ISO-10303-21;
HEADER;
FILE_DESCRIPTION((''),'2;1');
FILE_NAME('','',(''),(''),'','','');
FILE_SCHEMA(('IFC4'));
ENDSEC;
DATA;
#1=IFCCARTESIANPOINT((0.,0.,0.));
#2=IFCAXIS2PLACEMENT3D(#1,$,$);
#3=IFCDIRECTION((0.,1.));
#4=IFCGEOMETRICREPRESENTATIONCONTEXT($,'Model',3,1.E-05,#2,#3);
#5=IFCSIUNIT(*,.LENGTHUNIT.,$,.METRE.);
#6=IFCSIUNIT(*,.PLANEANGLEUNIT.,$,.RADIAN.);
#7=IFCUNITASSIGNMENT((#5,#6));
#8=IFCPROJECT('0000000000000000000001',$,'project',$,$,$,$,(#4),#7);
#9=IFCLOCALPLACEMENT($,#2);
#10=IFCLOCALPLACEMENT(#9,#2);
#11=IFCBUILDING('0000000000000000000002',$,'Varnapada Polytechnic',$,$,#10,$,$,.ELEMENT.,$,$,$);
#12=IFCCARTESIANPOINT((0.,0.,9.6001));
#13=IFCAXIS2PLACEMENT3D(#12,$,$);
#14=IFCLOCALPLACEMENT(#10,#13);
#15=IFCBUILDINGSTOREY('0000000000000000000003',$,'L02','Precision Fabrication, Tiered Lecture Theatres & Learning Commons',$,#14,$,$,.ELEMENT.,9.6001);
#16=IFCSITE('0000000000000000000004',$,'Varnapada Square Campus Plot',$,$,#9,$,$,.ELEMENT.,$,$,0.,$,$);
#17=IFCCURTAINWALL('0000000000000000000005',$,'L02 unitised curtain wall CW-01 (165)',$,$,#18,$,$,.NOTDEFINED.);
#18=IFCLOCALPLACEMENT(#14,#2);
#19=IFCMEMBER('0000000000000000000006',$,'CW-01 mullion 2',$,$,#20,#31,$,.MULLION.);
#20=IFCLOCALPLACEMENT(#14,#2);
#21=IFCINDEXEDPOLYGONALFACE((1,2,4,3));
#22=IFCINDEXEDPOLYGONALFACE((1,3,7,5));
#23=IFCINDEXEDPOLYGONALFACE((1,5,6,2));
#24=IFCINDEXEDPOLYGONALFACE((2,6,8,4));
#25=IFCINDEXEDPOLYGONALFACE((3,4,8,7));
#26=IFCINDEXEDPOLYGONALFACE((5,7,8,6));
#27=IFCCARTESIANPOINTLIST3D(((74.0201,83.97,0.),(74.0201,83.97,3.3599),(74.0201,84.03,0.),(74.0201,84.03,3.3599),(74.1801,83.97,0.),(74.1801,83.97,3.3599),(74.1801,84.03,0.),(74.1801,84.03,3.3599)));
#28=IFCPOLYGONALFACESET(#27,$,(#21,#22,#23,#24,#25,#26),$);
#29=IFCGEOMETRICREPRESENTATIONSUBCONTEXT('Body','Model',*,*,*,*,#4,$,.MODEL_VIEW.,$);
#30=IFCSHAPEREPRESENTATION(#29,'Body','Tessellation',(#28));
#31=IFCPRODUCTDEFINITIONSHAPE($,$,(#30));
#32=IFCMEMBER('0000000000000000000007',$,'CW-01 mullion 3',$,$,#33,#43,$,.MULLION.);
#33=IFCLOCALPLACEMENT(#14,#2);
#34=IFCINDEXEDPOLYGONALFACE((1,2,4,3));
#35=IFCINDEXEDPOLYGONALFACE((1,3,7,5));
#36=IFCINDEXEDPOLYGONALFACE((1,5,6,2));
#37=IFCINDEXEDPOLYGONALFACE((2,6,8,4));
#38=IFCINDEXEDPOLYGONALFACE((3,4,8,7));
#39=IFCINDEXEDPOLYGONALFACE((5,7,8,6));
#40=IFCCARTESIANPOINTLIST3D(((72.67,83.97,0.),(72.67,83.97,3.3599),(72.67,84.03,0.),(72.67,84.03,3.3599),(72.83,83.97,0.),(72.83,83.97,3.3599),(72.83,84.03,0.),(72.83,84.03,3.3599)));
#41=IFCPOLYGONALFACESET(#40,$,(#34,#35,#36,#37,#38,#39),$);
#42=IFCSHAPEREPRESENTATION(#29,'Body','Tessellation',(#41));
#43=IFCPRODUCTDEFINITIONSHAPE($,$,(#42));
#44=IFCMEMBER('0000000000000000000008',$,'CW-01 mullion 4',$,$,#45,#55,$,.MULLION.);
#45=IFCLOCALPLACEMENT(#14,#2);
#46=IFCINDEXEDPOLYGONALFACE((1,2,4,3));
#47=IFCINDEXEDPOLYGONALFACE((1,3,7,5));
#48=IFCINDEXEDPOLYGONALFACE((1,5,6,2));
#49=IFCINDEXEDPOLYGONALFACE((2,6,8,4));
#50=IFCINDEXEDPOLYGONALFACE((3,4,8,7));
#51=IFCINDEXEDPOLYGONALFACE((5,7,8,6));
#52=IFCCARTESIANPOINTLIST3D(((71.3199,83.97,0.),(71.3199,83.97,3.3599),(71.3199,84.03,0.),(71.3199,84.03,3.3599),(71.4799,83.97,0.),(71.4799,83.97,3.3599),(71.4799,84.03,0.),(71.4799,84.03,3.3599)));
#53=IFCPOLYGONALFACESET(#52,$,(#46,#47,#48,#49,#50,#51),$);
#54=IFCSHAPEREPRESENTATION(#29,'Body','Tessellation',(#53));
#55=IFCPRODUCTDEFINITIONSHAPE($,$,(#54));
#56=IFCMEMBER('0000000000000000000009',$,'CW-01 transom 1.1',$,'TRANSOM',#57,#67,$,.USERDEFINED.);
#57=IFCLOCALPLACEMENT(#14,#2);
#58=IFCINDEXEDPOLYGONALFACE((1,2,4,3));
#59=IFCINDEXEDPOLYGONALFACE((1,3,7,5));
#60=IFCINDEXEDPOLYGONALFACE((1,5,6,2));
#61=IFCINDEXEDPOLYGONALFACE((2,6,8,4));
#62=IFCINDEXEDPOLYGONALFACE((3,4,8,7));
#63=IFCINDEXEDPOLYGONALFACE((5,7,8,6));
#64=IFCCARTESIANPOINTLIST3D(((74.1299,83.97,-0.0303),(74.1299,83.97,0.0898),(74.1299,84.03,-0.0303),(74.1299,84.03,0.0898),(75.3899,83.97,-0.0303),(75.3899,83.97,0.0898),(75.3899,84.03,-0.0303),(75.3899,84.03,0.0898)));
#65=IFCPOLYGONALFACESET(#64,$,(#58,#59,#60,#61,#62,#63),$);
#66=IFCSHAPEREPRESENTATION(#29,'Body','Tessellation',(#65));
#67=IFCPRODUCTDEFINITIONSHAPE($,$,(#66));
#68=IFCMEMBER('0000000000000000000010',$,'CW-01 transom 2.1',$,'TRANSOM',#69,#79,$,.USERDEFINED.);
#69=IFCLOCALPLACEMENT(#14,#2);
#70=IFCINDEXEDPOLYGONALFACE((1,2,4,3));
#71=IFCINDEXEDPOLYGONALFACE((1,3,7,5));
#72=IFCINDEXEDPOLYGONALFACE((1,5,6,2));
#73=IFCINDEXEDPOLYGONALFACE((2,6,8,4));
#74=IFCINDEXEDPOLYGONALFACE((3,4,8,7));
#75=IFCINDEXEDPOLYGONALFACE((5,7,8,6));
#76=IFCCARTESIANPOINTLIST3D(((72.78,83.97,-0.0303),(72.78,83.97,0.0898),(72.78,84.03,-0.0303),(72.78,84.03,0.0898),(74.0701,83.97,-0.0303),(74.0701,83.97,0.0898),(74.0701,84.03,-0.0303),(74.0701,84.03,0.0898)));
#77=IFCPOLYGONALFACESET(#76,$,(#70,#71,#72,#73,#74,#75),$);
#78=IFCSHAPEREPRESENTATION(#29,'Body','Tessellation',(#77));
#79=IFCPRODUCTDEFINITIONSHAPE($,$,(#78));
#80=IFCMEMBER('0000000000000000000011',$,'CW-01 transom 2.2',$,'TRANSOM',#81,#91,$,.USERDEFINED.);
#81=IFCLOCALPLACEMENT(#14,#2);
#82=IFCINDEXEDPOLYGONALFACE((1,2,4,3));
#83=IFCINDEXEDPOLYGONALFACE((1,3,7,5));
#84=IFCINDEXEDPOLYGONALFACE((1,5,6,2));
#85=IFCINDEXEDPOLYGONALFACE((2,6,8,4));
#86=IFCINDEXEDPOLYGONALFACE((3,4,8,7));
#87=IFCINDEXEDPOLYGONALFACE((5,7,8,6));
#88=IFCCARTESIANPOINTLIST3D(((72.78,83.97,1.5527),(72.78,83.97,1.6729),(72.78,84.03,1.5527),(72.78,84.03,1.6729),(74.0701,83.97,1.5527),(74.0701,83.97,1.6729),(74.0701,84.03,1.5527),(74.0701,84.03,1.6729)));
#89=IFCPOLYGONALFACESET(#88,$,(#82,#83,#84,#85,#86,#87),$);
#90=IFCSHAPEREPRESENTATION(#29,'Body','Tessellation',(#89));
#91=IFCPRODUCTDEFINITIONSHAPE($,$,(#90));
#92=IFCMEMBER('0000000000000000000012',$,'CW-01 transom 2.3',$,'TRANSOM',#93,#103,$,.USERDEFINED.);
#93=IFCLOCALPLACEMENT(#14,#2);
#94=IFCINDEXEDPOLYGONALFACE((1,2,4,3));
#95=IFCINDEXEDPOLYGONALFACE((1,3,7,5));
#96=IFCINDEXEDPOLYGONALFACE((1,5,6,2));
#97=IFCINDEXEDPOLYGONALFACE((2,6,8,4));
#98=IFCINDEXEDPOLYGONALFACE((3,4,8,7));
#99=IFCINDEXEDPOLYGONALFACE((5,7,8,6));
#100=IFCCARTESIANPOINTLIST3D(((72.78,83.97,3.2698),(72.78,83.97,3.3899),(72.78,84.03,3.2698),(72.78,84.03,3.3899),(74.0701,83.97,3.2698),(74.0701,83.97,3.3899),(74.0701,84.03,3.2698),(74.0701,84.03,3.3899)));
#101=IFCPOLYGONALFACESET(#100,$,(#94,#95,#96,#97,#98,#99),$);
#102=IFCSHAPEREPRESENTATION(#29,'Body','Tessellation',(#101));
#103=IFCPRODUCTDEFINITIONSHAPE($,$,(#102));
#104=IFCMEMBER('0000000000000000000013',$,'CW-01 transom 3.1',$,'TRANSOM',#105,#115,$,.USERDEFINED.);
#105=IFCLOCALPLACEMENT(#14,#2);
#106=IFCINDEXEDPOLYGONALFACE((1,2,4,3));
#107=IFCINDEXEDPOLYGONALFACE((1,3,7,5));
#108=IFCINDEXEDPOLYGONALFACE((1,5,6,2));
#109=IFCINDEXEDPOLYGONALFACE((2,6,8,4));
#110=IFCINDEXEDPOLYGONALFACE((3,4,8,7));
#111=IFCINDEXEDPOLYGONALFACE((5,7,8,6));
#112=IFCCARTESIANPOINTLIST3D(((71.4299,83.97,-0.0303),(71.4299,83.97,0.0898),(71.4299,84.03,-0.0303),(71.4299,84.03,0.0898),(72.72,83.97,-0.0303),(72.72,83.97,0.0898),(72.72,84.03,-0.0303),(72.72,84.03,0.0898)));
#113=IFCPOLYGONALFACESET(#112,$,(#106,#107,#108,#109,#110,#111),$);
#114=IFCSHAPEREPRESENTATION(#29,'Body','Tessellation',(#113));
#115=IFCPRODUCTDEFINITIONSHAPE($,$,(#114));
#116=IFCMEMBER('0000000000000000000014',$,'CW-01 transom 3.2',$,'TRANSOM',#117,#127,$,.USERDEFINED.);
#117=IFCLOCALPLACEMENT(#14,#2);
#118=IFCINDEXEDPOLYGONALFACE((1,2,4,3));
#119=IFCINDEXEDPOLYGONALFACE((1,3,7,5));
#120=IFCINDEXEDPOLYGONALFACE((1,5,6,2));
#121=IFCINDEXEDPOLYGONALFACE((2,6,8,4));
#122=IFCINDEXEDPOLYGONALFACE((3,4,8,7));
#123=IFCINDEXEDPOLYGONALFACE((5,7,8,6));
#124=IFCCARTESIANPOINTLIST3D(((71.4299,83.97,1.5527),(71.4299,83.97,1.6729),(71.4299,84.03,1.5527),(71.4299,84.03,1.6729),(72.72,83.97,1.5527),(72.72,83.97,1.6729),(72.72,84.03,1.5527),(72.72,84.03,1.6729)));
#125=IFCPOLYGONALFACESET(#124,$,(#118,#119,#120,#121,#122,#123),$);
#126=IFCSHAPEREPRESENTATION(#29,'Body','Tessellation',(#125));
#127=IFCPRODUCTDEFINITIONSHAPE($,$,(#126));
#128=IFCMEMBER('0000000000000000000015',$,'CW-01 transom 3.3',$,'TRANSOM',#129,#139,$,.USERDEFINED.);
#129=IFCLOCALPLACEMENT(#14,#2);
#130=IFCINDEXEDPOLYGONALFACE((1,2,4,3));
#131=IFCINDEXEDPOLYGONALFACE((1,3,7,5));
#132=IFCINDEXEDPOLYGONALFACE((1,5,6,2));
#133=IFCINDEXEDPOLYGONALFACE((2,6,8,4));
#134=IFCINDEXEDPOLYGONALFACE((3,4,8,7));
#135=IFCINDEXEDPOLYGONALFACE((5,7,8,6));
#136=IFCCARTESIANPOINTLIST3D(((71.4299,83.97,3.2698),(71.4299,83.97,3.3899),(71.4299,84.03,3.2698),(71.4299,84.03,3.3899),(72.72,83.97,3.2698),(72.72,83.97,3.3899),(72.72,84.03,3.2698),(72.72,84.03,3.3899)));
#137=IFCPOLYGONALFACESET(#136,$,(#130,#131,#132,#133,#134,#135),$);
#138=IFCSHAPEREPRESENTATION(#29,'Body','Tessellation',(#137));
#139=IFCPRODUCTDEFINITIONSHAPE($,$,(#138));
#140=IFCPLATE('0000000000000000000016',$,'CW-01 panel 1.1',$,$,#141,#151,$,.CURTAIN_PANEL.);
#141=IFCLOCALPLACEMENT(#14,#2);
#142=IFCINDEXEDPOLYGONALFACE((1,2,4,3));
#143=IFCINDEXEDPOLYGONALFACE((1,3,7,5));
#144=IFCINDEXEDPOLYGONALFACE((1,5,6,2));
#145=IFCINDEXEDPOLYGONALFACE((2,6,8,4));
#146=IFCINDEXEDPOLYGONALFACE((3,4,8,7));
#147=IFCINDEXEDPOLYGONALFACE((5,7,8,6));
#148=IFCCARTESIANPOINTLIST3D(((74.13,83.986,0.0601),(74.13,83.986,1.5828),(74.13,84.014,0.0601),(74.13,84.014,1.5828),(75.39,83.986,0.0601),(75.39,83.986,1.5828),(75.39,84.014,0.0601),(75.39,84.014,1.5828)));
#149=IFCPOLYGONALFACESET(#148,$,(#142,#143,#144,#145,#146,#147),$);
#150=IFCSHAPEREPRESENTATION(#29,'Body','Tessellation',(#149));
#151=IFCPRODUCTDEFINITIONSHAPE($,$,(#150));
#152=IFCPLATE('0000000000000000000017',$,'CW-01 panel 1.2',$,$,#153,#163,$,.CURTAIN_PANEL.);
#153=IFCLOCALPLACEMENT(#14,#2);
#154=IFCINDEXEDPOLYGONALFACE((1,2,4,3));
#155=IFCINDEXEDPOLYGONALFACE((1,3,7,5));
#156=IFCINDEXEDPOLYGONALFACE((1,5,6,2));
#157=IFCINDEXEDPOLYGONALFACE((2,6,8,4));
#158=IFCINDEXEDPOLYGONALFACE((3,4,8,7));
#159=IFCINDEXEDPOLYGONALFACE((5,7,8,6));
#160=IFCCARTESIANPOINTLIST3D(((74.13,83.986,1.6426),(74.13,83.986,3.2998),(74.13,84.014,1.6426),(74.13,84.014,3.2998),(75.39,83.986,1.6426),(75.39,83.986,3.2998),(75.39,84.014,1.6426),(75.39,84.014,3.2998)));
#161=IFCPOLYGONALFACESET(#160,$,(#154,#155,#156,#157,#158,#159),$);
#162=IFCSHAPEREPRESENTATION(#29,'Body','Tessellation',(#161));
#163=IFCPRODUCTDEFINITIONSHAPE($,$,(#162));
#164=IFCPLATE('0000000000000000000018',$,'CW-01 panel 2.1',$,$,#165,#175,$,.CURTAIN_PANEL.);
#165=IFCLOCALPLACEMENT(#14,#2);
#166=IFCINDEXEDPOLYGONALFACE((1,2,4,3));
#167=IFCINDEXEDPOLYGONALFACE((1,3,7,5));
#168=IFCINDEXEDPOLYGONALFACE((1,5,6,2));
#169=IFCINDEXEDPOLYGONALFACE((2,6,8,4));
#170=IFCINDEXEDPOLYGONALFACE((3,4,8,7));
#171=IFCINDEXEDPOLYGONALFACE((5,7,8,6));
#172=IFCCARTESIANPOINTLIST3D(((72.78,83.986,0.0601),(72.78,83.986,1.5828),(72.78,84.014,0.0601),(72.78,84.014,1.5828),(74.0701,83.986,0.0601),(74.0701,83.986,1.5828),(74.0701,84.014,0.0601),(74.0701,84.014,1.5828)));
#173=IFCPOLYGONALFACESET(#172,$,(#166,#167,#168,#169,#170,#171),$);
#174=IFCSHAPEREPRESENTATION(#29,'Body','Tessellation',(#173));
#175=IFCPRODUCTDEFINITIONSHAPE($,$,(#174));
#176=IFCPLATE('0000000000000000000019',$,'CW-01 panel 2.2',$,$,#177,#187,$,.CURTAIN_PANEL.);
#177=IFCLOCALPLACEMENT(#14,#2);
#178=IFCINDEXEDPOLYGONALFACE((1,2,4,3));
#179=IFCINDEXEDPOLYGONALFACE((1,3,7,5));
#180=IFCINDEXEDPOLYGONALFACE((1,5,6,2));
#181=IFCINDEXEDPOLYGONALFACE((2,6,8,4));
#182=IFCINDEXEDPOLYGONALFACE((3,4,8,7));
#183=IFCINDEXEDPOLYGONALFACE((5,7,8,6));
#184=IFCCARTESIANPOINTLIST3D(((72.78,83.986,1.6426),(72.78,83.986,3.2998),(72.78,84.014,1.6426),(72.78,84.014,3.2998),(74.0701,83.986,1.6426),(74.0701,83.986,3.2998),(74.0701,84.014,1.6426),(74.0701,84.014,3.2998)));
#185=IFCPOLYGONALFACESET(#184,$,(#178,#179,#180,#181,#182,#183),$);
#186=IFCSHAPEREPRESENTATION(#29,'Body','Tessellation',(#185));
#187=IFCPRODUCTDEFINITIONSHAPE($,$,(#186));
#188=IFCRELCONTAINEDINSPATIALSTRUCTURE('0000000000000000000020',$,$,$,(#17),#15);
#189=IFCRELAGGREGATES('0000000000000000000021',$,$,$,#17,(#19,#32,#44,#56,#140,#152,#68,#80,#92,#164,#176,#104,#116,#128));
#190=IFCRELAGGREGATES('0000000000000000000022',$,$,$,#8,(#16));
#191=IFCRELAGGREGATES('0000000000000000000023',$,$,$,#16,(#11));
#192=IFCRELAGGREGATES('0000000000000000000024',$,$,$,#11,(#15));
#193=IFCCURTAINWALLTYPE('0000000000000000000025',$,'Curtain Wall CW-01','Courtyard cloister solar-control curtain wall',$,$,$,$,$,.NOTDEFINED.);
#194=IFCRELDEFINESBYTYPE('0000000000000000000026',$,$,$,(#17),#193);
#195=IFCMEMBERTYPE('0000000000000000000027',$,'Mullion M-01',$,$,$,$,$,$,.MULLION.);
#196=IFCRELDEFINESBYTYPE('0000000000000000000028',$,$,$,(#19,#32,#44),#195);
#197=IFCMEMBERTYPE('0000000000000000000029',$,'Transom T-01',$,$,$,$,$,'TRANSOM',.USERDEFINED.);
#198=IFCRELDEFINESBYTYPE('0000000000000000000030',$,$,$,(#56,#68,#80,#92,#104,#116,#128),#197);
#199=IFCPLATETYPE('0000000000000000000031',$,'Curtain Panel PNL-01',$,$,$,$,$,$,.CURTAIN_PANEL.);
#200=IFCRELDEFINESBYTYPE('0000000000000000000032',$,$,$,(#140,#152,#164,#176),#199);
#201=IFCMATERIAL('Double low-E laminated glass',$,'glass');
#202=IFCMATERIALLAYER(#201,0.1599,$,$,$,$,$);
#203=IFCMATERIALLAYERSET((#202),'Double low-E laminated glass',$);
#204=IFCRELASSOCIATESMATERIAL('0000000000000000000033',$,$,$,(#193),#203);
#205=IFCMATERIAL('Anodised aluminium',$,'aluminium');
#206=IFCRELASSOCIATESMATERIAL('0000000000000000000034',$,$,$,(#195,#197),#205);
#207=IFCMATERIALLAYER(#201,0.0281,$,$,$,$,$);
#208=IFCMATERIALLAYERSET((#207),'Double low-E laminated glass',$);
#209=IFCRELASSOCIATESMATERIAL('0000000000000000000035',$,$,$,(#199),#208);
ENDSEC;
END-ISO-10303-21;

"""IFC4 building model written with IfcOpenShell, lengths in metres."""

from ifc_helpers import new_model, si_unit, direction, frame, origin, origin_2d, place, context, subcontext, project, spatial, rectangle, extrude, material, layer, layer_set, material_profile, profile_set, type_object, element, aggregate, save


model = new_model("IFC4")

# Units and contexts
model_context = context("Model", 3, precision=1e-05, world=origin(), true_north=direction((0.0, 1.0)))
body_context = subcontext(model_context, "Body", "Model", "MODEL_VIEW")
ifc_project = project(units=[si_unit("LENGTHUNIT", "METRE"), si_unit("PLANEANGLEUNIT", "RADIAN")], contexts=[model_context])

# Site, building, storey
site_placement = place(None, origin())
site = spatial("IfcSite", under=ifc_project, at=site_placement, Name="Varnapada Square Campus Plot", CompositionType="ELEMENT", RefElevation=0.0)
building_placement = place(site_placement, origin())
building = spatial("IfcBuilding", under=site, at=building_placement, Name="Varnapada Polytechnic", CompositionType="ELEMENT")
storey_placement = place(building_placement, frame((0.0, 0.0, 9.6001)))
storey = spatial("IfcBuildingStorey", under=building, at=storey_placement, Name="L02", Description="Precision Fabrication, Tiered Lecture Theatres & Learning Commons", CompositionType="ELEMENT", Elevation=9.6001)

# Curtain wall, members, plates
ifc_material_1 = material(Name="Double low-E laminated glass", Category="glass")
ifc_layer_1 = layer(ifc_material_1, 0.1599)
ifc_layer_set_1 = layer_set([ifc_layer_1], Name="Double low-E laminated glass")
curtain_wall_type = type_object("IfcCurtainWallType", Name="Curtain Wall CW-01", Description="Courtyard cloister solar-control curtain wall", PredefinedType="NOTDEFINED", material=ifc_layer_set_1)
curtain_wall_placement = place(storey_placement, origin())
curtain_wall = element("IfcCurtainWall", 1, at=curtain_wall_placement, inside=storey, type_object=curtain_wall_type, Name="L02 unitised curtain wall CW-01 (165)", PredefinedType="NOTDEFINED")
ifc_material_2 = material(Name="Anodised aluminium", Category="aluminium")
ifc_material_profile_1 = material_profile(ifc_material_2, rectangle(XDim=0.0601, YDim=0.1599, at=origin_2d()), Name="ALU M60x160")
ifc_profile_set_1 = profile_set([ifc_material_profile_1], Name="Anodised aluminium")
member_type_1 = type_object("IfcMemberType", Name="Mullion M-01", PredefinedType="MULLION", material=ifc_profile_set_1)
member_1_placement = place(storey_placement, frame((74.1001, 84.0, 0.0), z_axis=(0.0, 0.0, 1.0), x_axis=(0.0, -1.0, 0.0)))
member_1 = element("IfcMember", 2, at=member_1_placement, type_object=member_type_1, Name="CW-01 mullion 2", PredefinedType="MULLION", context=body_context, shape_type="SweptSolid", body=[
    extrude(rectangle(XDim=0.0601, YDim=0.1599, at=origin_2d()), origin(), (0.0, 0.0, 1.0), 3.3599),
])
member_2_placement = place(storey_placement, frame((72.75, 84.0, 0.0), z_axis=(0.0, 0.0, 1.0), x_axis=(0.0, -1.0, 0.0)))
member_2 = element("IfcMember", 3, at=member_2_placement, type_object=member_type_1, Name="CW-01 mullion 3", PredefinedType="MULLION", context=body_context, shape_type="SweptSolid", body=[
    extrude(rectangle(XDim=0.0601, YDim=0.1599, at=origin_2d()), origin(), (0.0, 0.0, 1.0), 3.3599),
])
member_3_placement = place(storey_placement, frame((71.3999, 84.0, 0.0), z_axis=(0.0, 0.0, 1.0), x_axis=(0.0, -1.0, 0.0)))
member_3 = element("IfcMember", 4, at=member_3_placement, type_object=member_type_1, Name="CW-01 mullion 4", PredefinedType="MULLION", context=body_context, shape_type="SweptSolid", body=[
    extrude(rectangle(XDim=0.0601, YDim=0.1599, at=origin_2d()), origin(), (0.0, 0.0, 1.0), 3.3599),
])
ifc_material_profile_2 = material_profile(ifc_material_2, rectangle(XDim=0.0601, YDim=0.1201, at=origin_2d()), Name="ALU T60x120")
ifc_profile_set_2 = profile_set([ifc_material_profile_2], Name="Anodised aluminium")
member_type_2 = type_object("IfcMemberType", Name="Transom T-01", ElementType="TRANSOM", PredefinedType="USERDEFINED", material=ifc_profile_set_2)
member_4_placement = place(storey_placement, frame((75.3899, 84.0, 0.0298), z_axis=(-1.0, 0.0, 0.0), x_axis=(0.0, -1.0, 0.0)))
member_4 = element("IfcMember", 5, at=member_4_placement, type_object=member_type_2, Name="CW-01 transom 1.1", ObjectType="TRANSOM", PredefinedType="USERDEFINED", context=body_context, shape_type="SweptSolid", body=[
    extrude(rectangle(XDim=0.0601, YDim=0.1201, at=origin_2d()), origin(), (0.0, 0.0, 1.0), 1.26),
])
member_5_placement = place(storey_placement, frame((74.0701, 84.0, 0.0298), z_axis=(-1.0, 0.0, 0.0), x_axis=(0.0, -1.0, 0.0)))
member_5 = element("IfcMember", 6, at=member_5_placement, type_object=member_type_2, Name="CW-01 transom 2.1", ObjectType="TRANSOM", PredefinedType="USERDEFINED", context=body_context, shape_type="SweptSolid", body=[
    extrude(rectangle(XDim=0.0601, YDim=0.1201, at=origin_2d()), origin(), (0.0, 0.0, 1.0), 1.29),
])
member_6_placement = place(storey_placement, frame((74.0701, 84.0, 1.6128), z_axis=(-1.0, 0.0, 0.0), x_axis=(0.0, -1.0, 0.0)))
member_6 = element("IfcMember", 7, at=member_6_placement, type_object=member_type_2, Name="CW-01 transom 2.2", ObjectType="TRANSOM", PredefinedType="USERDEFINED", context=body_context, shape_type="SweptSolid", body=[
    extrude(rectangle(XDim=0.0601, YDim=0.1201, at=origin_2d()), origin(), (0.0, 0.0, 1.0), 1.29),
])
member_7_placement = place(storey_placement, frame((74.0701, 84.0, 3.3298), z_axis=(-1.0, 0.0, 0.0), x_axis=(0.0, -1.0, 0.0)))
member_7 = element("IfcMember", 8, at=member_7_placement, type_object=member_type_2, Name="CW-01 transom 2.3", ObjectType="TRANSOM", PredefinedType="USERDEFINED", context=body_context, shape_type="SweptSolid", body=[
    extrude(rectangle(XDim=0.0601, YDim=0.1201, at=origin_2d()), origin(), (0.0, 0.0, 1.0), 1.29),
])
member_8_placement = place(storey_placement, frame((72.72, 84.0, 0.0298), z_axis=(-1.0, 0.0, 0.0), x_axis=(0.0, -1.0, 0.0)))
member_8 = element("IfcMember", 9, at=member_8_placement, type_object=member_type_2, Name="CW-01 transom 3.1", ObjectType="TRANSOM", PredefinedType="USERDEFINED", context=body_context, shape_type="SweptSolid", body=[
    extrude(rectangle(XDim=0.0601, YDim=0.1201, at=origin_2d()), origin(), (0.0, 0.0, 1.0), 1.29),
])
member_9_placement = place(storey_placement, frame((72.72, 84.0, 1.6128), z_axis=(-1.0, 0.0, 0.0), x_axis=(0.0, -1.0, 0.0)))
member_9 = element("IfcMember", 10, at=member_9_placement, type_object=member_type_2, Name="CW-01 transom 3.2", ObjectType="TRANSOM", PredefinedType="USERDEFINED", context=body_context, shape_type="SweptSolid", body=[
    extrude(rectangle(XDim=0.0601, YDim=0.1201, at=origin_2d()), origin(), (0.0, 0.0, 1.0), 1.29),
])
member_10_placement = place(storey_placement, frame((72.72, 84.0, 3.3298), z_axis=(-1.0, 0.0, 0.0), x_axis=(0.0, -1.0, 0.0)))
member_10 = element("IfcMember", 11, at=member_10_placement, type_object=member_type_2, Name="CW-01 transom 3.3", ObjectType="TRANSOM", PredefinedType="USERDEFINED", context=body_context, shape_type="SweptSolid", body=[
    extrude(rectangle(XDim=0.0601, YDim=0.1201, at=origin_2d()), origin(), (0.0, 0.0, 1.0), 1.29),
])
ifc_layer_2 = layer(ifc_material_1, 0.0281)
ifc_layer_set_2 = layer_set([ifc_layer_2], Name="Double low-E laminated glass")
plate_type = type_object("IfcPlateType", Name="Curtain Panel PNL-01", PredefinedType="CURTAIN_PANEL", material=ifc_layer_set_2)
plate_1_placement = place(storey_placement, frame((74.76, 84.0, 0.0601), z_axis=(0.0, 0.0, 1.0), x_axis=(-1.0, 0.0, 0.0)))
plate_1 = element("IfcPlate", 12, at=plate_1_placement, type_object=plate_type, Name="CW-01 panel 1.1", PredefinedType="CURTAIN_PANEL", context=body_context, shape_type="SweptSolid", body=[
    extrude(rectangle(XDim=1.26, YDim=0.0281, at=origin_2d()), origin(), (0.0, 0.0, 1.0), 1.5227),
])
plate_2_placement = place(storey_placement, frame((74.76, 84.0, 1.6426), z_axis=(0.0, 0.0, 1.0), x_axis=(-1.0, 0.0, 0.0)))
plate_2 = element("IfcPlate", 13, at=plate_2_placement, type_object=plate_type, Name="CW-01 panel 1.2", PredefinedType="CURTAIN_PANEL", context=body_context, shape_type="SweptSolid", body=[
    extrude(rectangle(XDim=1.26, YDim=0.0281, at=origin_2d()), origin(), (0.0, 0.0, 1.0), 1.6572),
])
plate_3_placement = place(storey_placement, frame((73.425, 84.0, 0.0601), z_axis=(0.0, 0.0, 1.0), x_axis=(-1.0, 0.0, 0.0)))
plate_3 = element("IfcPlate", 14, at=plate_3_placement, type_object=plate_type, Name="CW-01 panel 2.1", PredefinedType="CURTAIN_PANEL", context=body_context, shape_type="SweptSolid", body=[
    extrude(rectangle(XDim=1.29, YDim=0.0281, at=origin_2d()), origin(), (0.0, 0.0, 1.0), 1.5227),
])
plate_4_placement = place(storey_placement, frame((73.425, 84.0, 1.6426), z_axis=(0.0, 0.0, 1.0), x_axis=(-1.0, 0.0, 0.0)))
plate_4 = element("IfcPlate", 15, at=plate_4_placement, type_object=plate_type, Name="CW-01 panel 2.2", PredefinedType="CURTAIN_PANEL", context=body_context, shape_type="SweptSolid", body=[
    extrude(rectangle(XDim=1.29, YDim=0.0281, at=origin_2d()), origin(), (0.0, 0.0, 1.0), 1.6572),
])
aggregate(curtain_wall, [member_1, member_2, member_3, member_4, plate_1, plate_2, member_5, member_6, member_7, plate_3, plate_4, member_8, member_9, member_10])

save(model, "model.ifc")
